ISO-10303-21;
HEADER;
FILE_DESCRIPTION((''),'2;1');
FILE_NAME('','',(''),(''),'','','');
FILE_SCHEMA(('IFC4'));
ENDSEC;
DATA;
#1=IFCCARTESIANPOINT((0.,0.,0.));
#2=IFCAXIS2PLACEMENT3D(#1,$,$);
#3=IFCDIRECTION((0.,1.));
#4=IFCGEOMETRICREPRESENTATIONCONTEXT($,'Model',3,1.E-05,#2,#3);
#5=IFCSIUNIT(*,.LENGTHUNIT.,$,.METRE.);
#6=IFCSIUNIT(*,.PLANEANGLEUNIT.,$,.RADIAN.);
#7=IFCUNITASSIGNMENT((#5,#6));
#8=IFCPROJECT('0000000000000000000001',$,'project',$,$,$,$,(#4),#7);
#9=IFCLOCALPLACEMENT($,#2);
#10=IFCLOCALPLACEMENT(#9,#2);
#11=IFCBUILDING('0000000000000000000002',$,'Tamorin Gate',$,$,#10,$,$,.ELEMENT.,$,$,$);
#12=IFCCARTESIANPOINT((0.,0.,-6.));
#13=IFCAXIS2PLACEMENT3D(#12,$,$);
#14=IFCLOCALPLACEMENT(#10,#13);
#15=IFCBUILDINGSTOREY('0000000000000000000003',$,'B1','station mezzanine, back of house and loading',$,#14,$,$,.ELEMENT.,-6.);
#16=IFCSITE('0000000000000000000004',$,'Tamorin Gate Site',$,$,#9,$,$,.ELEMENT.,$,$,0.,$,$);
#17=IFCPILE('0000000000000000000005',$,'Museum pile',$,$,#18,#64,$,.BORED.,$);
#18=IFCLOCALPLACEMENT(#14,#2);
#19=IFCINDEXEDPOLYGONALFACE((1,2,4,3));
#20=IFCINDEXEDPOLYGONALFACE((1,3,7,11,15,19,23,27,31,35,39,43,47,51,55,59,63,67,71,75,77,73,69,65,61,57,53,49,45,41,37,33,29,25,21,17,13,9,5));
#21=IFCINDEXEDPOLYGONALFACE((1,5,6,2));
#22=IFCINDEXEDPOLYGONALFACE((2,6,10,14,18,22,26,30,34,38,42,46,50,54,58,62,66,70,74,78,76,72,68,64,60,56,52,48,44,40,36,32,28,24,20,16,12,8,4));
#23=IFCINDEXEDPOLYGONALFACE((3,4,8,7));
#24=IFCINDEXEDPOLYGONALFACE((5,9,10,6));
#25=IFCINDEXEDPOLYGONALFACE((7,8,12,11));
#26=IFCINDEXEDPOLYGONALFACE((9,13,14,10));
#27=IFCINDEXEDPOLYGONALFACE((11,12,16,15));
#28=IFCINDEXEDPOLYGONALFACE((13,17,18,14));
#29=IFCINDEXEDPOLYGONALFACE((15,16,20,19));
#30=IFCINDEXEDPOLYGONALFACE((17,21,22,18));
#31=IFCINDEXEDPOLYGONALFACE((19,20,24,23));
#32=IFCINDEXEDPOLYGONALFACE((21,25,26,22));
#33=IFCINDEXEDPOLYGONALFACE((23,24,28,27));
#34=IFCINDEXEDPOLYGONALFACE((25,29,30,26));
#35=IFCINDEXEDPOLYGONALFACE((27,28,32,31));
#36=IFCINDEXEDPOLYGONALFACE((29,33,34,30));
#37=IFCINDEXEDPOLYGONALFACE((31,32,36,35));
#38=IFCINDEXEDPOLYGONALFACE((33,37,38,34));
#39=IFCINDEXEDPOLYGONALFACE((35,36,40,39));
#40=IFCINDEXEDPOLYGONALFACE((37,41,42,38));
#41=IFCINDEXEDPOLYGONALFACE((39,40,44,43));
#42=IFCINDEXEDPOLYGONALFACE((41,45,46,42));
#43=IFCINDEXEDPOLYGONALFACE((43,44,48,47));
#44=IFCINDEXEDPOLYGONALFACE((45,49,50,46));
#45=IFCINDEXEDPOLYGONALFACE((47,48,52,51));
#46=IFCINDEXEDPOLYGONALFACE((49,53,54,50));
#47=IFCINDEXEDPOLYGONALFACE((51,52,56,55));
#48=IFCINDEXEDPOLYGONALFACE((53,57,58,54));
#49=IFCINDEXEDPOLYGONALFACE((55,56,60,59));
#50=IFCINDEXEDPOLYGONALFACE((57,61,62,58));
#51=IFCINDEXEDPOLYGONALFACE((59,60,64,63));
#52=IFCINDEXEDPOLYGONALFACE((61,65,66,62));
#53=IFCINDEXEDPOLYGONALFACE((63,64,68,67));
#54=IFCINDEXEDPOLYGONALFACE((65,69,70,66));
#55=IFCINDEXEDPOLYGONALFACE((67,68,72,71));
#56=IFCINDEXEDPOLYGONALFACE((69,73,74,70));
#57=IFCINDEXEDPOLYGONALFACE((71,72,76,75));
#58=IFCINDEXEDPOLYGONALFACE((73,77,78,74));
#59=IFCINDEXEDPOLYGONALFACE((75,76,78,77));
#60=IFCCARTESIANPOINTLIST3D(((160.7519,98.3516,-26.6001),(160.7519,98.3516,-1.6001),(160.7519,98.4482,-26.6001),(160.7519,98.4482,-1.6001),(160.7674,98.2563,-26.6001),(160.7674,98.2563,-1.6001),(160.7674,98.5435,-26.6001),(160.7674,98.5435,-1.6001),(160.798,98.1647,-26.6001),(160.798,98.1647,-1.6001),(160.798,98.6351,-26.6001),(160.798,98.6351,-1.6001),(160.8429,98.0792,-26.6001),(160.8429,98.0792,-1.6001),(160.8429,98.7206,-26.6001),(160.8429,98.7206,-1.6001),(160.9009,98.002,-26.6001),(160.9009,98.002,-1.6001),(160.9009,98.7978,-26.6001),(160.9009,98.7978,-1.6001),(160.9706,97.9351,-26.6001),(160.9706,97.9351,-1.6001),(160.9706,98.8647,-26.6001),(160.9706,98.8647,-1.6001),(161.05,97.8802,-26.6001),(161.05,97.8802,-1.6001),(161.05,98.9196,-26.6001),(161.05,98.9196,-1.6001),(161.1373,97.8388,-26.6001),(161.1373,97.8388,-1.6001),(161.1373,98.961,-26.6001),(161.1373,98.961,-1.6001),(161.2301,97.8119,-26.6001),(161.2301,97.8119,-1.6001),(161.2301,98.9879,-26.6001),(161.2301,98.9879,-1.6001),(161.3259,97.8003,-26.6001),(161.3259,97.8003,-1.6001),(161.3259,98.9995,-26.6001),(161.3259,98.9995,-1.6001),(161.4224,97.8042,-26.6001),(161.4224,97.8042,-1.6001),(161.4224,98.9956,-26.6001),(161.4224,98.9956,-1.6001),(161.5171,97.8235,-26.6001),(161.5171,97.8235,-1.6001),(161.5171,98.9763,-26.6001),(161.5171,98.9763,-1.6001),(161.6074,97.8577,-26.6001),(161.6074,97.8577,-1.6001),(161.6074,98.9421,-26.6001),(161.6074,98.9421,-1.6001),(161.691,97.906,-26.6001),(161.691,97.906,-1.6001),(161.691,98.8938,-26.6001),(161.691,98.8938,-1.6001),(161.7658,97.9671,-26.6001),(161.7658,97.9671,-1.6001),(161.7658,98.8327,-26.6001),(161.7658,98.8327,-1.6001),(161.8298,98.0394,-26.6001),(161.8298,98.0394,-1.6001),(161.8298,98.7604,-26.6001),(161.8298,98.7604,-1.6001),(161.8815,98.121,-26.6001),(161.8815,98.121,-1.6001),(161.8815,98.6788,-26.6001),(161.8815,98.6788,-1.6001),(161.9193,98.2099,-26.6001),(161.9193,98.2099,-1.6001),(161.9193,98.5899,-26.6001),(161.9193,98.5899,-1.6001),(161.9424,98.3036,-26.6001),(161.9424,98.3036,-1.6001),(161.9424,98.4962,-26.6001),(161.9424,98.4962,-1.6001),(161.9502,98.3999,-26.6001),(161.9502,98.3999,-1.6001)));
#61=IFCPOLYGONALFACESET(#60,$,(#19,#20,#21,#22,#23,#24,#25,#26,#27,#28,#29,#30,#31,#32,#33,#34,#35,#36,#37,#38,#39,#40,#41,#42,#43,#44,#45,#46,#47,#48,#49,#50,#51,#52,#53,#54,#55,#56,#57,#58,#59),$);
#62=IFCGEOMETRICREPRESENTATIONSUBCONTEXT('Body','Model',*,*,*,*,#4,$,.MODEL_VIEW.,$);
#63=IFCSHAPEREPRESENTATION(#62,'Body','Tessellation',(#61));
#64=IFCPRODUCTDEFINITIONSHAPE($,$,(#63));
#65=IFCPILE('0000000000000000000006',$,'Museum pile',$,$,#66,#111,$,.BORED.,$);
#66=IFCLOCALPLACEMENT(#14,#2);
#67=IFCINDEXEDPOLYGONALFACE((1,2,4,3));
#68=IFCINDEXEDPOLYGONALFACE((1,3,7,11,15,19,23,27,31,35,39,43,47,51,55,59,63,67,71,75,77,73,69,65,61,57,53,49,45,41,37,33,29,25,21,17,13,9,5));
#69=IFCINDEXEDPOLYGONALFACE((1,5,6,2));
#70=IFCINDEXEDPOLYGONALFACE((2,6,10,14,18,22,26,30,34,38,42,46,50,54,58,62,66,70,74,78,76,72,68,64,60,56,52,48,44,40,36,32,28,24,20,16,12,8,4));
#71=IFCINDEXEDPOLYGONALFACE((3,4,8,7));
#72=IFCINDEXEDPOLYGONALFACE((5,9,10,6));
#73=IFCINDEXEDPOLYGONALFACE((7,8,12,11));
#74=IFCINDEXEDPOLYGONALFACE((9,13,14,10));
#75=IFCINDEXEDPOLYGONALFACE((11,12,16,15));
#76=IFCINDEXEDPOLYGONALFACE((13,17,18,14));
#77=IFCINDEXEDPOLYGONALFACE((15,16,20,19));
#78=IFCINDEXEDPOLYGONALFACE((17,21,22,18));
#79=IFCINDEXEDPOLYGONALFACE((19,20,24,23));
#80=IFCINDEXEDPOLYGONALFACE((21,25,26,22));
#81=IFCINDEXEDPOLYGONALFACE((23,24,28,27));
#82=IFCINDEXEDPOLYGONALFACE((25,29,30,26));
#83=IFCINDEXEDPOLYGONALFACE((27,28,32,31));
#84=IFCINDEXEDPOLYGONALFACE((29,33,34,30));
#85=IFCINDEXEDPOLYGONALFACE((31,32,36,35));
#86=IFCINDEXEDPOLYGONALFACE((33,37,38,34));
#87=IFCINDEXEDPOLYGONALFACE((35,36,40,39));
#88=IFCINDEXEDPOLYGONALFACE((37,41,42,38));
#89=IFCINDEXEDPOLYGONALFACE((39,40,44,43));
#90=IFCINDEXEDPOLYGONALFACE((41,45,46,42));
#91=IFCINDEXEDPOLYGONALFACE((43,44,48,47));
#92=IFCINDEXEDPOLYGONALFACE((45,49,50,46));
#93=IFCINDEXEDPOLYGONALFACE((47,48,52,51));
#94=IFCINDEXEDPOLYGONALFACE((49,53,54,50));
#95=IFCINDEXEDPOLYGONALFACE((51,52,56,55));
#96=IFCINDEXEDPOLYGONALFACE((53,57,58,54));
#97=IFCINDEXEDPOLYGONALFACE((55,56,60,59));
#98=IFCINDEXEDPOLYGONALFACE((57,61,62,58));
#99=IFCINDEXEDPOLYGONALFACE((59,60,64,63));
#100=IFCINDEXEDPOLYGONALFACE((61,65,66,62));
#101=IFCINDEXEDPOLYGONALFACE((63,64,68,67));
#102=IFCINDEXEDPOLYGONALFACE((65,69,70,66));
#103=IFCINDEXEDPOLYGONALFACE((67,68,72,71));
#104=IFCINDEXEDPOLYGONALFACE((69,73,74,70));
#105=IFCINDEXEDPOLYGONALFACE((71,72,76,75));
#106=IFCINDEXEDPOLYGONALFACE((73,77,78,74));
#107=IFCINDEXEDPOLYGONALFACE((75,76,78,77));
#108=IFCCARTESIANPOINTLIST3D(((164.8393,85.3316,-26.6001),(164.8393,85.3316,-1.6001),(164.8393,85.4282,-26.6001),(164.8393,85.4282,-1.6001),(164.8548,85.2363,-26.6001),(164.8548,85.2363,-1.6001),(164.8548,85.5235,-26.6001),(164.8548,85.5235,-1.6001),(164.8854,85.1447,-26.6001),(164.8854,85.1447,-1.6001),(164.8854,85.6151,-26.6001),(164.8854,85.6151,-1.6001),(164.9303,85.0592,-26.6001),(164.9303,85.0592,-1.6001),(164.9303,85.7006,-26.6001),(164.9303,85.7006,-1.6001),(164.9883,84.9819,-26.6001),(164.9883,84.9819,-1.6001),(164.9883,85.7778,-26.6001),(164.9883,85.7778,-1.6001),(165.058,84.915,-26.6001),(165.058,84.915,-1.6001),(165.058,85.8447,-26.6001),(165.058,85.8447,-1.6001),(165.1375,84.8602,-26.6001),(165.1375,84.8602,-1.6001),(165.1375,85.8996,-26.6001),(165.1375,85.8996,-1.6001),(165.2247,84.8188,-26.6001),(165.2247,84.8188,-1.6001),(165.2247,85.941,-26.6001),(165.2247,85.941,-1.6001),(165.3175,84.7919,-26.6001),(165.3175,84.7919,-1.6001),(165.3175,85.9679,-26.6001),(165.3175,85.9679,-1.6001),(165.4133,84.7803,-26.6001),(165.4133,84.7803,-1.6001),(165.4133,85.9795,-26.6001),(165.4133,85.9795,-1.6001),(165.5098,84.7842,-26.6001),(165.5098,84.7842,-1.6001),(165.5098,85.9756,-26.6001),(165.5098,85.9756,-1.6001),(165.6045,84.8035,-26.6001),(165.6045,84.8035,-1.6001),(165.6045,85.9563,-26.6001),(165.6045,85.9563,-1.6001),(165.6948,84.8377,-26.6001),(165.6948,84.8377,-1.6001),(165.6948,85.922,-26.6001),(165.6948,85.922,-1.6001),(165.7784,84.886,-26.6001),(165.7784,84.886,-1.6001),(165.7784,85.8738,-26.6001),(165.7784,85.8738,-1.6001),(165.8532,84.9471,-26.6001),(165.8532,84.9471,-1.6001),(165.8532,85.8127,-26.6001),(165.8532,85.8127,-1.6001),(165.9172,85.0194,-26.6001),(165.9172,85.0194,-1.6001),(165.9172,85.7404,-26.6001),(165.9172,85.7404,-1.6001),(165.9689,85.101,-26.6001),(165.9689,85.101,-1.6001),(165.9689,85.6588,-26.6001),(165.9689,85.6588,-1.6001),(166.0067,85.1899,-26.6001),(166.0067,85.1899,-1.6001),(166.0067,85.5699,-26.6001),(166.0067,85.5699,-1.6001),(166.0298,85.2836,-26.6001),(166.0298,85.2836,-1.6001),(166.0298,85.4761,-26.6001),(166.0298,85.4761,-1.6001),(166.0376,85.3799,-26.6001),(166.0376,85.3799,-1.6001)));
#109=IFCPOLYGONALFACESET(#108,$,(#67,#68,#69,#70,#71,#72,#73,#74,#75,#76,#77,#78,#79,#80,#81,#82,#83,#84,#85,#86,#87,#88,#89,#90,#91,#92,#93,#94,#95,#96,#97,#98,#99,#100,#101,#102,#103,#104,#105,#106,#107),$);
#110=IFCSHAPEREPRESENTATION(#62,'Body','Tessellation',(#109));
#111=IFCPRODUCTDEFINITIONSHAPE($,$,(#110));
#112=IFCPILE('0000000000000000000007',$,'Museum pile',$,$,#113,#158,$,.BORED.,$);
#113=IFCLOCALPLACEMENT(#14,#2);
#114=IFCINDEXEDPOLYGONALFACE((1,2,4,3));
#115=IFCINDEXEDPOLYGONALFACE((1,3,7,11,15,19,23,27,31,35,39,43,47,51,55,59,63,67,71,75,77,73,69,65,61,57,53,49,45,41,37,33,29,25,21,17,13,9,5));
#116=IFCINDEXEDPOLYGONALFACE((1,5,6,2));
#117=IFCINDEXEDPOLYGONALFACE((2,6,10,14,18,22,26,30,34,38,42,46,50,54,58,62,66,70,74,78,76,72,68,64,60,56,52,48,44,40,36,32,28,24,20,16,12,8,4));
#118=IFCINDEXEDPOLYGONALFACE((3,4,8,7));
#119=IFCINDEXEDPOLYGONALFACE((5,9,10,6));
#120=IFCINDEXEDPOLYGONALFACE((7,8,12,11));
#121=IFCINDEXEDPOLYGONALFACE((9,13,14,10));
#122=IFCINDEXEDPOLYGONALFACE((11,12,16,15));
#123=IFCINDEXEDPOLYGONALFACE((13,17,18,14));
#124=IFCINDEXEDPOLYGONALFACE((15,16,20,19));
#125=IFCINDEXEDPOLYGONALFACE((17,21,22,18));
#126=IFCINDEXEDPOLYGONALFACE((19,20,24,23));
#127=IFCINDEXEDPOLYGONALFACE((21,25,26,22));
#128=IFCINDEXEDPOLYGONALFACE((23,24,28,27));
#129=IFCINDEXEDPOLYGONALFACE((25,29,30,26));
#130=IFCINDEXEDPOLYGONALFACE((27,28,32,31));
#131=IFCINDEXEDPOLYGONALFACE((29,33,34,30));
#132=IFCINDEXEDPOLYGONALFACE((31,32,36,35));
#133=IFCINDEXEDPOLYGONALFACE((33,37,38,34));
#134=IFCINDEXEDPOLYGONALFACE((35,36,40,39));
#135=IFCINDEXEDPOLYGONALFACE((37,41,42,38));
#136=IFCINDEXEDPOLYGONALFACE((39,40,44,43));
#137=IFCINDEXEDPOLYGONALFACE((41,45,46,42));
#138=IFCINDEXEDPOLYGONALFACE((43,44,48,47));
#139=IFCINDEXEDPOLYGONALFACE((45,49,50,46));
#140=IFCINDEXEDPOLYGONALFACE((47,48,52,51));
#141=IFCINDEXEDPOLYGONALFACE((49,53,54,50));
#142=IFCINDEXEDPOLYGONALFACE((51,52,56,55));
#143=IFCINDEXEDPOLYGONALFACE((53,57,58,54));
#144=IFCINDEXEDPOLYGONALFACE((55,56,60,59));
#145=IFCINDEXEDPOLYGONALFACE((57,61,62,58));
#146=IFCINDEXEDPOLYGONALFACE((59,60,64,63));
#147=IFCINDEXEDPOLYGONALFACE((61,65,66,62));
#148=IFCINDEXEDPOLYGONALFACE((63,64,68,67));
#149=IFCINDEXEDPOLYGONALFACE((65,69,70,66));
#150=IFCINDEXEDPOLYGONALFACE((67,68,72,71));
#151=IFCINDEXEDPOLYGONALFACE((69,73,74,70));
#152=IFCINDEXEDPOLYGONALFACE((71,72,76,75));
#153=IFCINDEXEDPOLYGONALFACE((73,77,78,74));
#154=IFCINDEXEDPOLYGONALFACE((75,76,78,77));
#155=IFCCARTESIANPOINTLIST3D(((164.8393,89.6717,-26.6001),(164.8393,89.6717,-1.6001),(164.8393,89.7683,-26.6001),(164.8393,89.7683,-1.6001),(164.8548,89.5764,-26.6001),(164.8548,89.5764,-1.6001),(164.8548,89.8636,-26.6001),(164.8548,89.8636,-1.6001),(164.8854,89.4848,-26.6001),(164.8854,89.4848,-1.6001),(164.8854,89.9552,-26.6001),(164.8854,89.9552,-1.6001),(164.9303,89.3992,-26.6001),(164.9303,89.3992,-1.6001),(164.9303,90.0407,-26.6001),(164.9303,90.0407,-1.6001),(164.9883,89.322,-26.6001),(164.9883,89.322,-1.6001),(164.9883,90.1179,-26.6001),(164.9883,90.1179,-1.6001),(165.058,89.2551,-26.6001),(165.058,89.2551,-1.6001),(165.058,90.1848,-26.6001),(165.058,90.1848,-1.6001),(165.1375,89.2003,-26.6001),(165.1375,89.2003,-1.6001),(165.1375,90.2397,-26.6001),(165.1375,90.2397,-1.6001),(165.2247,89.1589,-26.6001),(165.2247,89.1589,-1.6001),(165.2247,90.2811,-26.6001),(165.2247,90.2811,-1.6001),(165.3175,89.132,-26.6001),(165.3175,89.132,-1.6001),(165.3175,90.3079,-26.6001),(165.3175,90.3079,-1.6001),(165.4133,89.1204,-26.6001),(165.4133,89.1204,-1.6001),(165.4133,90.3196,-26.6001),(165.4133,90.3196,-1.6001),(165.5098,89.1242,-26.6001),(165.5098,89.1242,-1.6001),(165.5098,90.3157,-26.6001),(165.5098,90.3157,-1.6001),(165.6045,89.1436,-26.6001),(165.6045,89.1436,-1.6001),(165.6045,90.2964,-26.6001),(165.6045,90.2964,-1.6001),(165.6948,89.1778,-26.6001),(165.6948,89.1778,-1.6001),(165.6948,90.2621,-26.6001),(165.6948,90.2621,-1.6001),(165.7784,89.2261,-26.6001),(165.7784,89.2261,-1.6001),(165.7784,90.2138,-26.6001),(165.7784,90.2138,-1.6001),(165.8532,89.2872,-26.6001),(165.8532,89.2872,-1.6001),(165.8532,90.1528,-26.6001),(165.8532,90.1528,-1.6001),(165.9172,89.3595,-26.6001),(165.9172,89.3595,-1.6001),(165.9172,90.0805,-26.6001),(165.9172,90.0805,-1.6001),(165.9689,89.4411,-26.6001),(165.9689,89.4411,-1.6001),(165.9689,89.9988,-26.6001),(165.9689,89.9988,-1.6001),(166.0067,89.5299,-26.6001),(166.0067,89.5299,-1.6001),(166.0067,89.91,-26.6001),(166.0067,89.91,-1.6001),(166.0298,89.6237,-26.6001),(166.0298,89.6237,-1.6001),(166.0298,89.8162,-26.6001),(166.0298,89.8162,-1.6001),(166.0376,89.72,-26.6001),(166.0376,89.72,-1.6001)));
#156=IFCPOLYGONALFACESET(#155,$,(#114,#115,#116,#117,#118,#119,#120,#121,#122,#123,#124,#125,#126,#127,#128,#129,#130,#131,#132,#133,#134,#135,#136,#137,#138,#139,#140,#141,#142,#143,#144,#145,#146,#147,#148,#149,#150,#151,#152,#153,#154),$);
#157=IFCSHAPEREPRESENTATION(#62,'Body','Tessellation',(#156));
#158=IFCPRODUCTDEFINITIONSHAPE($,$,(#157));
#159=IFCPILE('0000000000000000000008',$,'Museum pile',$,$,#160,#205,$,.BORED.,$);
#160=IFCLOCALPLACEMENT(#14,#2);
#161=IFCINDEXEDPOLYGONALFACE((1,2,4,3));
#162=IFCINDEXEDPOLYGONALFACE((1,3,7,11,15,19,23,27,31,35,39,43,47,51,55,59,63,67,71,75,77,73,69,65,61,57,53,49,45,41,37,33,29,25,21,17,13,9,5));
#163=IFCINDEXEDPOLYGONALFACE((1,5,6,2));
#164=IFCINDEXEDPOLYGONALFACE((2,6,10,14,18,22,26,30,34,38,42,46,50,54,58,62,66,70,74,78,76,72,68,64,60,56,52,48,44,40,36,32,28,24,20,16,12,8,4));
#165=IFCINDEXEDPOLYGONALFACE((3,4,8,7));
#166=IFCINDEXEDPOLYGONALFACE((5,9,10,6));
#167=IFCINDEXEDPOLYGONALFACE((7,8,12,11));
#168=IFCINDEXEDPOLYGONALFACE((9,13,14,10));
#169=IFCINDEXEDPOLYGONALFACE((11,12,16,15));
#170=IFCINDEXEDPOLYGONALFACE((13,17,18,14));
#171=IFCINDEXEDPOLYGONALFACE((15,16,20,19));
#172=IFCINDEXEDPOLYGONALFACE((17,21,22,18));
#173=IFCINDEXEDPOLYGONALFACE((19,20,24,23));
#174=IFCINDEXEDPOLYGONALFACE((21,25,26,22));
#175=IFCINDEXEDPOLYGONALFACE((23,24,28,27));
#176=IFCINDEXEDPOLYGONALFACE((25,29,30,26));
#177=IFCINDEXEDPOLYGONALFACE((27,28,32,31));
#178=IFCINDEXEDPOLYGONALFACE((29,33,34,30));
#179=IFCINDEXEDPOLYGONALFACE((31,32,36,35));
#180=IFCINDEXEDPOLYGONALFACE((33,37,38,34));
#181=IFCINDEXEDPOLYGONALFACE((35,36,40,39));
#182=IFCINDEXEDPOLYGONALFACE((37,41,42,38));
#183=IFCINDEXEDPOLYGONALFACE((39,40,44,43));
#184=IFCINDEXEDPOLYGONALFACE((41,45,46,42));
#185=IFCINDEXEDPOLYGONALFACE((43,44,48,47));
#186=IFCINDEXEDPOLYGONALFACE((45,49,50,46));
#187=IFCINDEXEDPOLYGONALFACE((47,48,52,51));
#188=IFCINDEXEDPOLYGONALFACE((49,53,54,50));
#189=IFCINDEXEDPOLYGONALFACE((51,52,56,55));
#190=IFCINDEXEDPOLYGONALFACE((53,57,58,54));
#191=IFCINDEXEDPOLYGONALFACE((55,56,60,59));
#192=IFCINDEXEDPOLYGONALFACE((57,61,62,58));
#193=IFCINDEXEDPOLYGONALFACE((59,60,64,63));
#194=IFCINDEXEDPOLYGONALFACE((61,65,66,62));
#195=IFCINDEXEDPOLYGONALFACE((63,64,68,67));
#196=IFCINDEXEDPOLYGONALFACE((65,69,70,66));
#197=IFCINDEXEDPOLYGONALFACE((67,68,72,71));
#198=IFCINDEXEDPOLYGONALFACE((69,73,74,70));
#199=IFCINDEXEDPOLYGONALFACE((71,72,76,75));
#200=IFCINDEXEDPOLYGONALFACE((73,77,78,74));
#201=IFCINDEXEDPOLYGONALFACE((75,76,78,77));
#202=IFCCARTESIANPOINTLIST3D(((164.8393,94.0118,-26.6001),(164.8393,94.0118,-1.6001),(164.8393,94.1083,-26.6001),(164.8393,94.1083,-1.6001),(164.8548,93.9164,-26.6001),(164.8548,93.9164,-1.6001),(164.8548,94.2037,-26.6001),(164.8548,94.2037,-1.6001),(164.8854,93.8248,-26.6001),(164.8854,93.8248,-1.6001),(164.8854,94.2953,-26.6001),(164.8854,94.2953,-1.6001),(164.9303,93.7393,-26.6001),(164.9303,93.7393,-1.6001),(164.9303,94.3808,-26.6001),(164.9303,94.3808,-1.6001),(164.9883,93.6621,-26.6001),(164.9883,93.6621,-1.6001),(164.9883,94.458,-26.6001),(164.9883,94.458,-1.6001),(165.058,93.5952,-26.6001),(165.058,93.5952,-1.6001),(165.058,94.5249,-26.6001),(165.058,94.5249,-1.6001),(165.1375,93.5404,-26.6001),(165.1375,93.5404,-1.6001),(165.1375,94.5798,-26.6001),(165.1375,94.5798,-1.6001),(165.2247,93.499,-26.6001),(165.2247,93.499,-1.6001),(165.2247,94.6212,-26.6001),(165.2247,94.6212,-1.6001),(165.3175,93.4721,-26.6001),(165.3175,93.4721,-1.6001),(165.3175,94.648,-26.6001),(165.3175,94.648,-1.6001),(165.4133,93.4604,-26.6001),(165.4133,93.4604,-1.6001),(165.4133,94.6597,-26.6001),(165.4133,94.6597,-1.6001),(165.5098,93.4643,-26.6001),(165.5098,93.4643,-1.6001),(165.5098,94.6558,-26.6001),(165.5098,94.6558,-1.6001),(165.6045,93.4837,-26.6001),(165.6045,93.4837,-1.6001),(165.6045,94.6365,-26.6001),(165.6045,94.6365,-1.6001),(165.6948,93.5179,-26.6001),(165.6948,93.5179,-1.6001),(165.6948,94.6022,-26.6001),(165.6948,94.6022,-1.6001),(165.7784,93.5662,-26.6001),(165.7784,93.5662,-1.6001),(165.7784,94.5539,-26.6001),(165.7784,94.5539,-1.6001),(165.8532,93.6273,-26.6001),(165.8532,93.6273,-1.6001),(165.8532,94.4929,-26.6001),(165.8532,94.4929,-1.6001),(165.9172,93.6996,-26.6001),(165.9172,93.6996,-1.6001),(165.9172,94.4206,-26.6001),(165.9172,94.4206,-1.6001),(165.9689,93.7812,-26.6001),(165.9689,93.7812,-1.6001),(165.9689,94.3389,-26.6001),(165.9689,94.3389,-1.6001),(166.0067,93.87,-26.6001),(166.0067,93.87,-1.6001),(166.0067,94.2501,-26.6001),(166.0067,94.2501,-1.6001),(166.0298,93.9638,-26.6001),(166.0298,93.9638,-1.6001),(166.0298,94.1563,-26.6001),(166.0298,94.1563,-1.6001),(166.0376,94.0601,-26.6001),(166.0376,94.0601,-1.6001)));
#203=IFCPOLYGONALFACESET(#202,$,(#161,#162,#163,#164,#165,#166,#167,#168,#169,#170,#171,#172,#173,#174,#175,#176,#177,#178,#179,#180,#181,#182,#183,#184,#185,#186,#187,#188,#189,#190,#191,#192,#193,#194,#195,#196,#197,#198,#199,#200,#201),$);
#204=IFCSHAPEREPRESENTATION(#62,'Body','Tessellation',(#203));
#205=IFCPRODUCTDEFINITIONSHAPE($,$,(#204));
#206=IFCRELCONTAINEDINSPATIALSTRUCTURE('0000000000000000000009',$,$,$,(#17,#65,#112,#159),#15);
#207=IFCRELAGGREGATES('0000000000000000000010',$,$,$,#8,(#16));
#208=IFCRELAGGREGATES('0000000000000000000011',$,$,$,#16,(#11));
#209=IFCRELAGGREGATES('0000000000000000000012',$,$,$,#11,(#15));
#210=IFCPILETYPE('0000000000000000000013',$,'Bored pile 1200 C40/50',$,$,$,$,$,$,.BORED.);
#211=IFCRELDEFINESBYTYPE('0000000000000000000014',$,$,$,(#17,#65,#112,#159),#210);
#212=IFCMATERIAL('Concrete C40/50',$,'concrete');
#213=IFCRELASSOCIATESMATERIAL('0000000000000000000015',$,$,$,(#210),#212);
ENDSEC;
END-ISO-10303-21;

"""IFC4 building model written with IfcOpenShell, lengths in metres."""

from ifc_helpers import new_model, si_unit, direction, frame, origin, origin_2d, place, context, subcontext, project, spatial, circle, extrude, material, material_profile, profile_set, type_object, element, save


model = new_model("IFC4")

# Units and contexts
model_context = context("Model", 3, precision=1e-05, world=origin(), true_north=direction((0.0, 1.0)))
body_context = subcontext(model_context, "Body", "Model", "MODEL_VIEW")
ifc_project = project(units=[si_unit("LENGTHUNIT", "METRE"), si_unit("PLANEANGLEUNIT", "RADIAN")], contexts=[model_context])

# Site, building, storey
site_placement = place(None, origin())
site = spatial("IfcSite", under=ifc_project, at=site_placement, Name="Tamorin Gate Site", CompositionType="ELEMENT", RefElevation=0.0)
building_placement = place(site_placement, origin())
building = spatial("IfcBuilding", under=site, at=building_placement, Name="Tamorin Gate", CompositionType="ELEMENT")
storey_placement = place(building_placement, frame((0.0, 0.0, -6.0)))
storey = spatial("IfcBuildingStorey", under=building, at=storey_placement, Name="B1", Description="station mezzanine, back of house and loading", CompositionType="ELEMENT", Elevation=-6.0)

# Piles
ifc_material_1 = material(Name="Concrete C40/50", Category="concrete")
ifc_material_profile_1 = material_profile(ifc_material_1, circle(Radius=0.6001, at=origin_2d()))
ifc_profile_set_1 = profile_set([ifc_material_profile_1], Name="Concrete C40/50")
pile_type_1 = type_object("IfcPileType", Name="Bored pile 1200 C40/50", PredefinedType="BORED", material=ifc_profile_set_1)
for number, where, z_axis, x_axis, name in (
    (1, (161.3501, 98.3999, -1.6001), (0.0, 0.0, -1.0), (1.0, 0.0, 0.0), "Museum pile"),
    (2, (165.4375, 85.3799, -1.6001), (0.0, 0.0, -1.0), (1.0, 0.0, 0.0), "Museum pile"),
    (3, (165.4375, 89.72, -1.6001), (0.0, 0.0, -1.0), (1.0, 0.0, 0.0), "Museum pile"),
    (4, (165.4375, 94.0601, -1.6001), (0.0, 0.0, -1.0), (1.0, 0.0, 0.0), "Museum pile"),
):
    element("IfcPile", number, at=place(storey_placement, frame(where, z_axis=z_axis, x_axis=x_axis)), inside=storey, type_object=pile_type_1, Name=name, PredefinedType="BORED", context=body_context, shape_type="SweptSolid", body=[
        extrude(circle(Radius=0.6001, at=origin_2d()), origin(), (0.0, 0.0, 1.0), 25.0),
    ])

save(model, "model.ifc")
